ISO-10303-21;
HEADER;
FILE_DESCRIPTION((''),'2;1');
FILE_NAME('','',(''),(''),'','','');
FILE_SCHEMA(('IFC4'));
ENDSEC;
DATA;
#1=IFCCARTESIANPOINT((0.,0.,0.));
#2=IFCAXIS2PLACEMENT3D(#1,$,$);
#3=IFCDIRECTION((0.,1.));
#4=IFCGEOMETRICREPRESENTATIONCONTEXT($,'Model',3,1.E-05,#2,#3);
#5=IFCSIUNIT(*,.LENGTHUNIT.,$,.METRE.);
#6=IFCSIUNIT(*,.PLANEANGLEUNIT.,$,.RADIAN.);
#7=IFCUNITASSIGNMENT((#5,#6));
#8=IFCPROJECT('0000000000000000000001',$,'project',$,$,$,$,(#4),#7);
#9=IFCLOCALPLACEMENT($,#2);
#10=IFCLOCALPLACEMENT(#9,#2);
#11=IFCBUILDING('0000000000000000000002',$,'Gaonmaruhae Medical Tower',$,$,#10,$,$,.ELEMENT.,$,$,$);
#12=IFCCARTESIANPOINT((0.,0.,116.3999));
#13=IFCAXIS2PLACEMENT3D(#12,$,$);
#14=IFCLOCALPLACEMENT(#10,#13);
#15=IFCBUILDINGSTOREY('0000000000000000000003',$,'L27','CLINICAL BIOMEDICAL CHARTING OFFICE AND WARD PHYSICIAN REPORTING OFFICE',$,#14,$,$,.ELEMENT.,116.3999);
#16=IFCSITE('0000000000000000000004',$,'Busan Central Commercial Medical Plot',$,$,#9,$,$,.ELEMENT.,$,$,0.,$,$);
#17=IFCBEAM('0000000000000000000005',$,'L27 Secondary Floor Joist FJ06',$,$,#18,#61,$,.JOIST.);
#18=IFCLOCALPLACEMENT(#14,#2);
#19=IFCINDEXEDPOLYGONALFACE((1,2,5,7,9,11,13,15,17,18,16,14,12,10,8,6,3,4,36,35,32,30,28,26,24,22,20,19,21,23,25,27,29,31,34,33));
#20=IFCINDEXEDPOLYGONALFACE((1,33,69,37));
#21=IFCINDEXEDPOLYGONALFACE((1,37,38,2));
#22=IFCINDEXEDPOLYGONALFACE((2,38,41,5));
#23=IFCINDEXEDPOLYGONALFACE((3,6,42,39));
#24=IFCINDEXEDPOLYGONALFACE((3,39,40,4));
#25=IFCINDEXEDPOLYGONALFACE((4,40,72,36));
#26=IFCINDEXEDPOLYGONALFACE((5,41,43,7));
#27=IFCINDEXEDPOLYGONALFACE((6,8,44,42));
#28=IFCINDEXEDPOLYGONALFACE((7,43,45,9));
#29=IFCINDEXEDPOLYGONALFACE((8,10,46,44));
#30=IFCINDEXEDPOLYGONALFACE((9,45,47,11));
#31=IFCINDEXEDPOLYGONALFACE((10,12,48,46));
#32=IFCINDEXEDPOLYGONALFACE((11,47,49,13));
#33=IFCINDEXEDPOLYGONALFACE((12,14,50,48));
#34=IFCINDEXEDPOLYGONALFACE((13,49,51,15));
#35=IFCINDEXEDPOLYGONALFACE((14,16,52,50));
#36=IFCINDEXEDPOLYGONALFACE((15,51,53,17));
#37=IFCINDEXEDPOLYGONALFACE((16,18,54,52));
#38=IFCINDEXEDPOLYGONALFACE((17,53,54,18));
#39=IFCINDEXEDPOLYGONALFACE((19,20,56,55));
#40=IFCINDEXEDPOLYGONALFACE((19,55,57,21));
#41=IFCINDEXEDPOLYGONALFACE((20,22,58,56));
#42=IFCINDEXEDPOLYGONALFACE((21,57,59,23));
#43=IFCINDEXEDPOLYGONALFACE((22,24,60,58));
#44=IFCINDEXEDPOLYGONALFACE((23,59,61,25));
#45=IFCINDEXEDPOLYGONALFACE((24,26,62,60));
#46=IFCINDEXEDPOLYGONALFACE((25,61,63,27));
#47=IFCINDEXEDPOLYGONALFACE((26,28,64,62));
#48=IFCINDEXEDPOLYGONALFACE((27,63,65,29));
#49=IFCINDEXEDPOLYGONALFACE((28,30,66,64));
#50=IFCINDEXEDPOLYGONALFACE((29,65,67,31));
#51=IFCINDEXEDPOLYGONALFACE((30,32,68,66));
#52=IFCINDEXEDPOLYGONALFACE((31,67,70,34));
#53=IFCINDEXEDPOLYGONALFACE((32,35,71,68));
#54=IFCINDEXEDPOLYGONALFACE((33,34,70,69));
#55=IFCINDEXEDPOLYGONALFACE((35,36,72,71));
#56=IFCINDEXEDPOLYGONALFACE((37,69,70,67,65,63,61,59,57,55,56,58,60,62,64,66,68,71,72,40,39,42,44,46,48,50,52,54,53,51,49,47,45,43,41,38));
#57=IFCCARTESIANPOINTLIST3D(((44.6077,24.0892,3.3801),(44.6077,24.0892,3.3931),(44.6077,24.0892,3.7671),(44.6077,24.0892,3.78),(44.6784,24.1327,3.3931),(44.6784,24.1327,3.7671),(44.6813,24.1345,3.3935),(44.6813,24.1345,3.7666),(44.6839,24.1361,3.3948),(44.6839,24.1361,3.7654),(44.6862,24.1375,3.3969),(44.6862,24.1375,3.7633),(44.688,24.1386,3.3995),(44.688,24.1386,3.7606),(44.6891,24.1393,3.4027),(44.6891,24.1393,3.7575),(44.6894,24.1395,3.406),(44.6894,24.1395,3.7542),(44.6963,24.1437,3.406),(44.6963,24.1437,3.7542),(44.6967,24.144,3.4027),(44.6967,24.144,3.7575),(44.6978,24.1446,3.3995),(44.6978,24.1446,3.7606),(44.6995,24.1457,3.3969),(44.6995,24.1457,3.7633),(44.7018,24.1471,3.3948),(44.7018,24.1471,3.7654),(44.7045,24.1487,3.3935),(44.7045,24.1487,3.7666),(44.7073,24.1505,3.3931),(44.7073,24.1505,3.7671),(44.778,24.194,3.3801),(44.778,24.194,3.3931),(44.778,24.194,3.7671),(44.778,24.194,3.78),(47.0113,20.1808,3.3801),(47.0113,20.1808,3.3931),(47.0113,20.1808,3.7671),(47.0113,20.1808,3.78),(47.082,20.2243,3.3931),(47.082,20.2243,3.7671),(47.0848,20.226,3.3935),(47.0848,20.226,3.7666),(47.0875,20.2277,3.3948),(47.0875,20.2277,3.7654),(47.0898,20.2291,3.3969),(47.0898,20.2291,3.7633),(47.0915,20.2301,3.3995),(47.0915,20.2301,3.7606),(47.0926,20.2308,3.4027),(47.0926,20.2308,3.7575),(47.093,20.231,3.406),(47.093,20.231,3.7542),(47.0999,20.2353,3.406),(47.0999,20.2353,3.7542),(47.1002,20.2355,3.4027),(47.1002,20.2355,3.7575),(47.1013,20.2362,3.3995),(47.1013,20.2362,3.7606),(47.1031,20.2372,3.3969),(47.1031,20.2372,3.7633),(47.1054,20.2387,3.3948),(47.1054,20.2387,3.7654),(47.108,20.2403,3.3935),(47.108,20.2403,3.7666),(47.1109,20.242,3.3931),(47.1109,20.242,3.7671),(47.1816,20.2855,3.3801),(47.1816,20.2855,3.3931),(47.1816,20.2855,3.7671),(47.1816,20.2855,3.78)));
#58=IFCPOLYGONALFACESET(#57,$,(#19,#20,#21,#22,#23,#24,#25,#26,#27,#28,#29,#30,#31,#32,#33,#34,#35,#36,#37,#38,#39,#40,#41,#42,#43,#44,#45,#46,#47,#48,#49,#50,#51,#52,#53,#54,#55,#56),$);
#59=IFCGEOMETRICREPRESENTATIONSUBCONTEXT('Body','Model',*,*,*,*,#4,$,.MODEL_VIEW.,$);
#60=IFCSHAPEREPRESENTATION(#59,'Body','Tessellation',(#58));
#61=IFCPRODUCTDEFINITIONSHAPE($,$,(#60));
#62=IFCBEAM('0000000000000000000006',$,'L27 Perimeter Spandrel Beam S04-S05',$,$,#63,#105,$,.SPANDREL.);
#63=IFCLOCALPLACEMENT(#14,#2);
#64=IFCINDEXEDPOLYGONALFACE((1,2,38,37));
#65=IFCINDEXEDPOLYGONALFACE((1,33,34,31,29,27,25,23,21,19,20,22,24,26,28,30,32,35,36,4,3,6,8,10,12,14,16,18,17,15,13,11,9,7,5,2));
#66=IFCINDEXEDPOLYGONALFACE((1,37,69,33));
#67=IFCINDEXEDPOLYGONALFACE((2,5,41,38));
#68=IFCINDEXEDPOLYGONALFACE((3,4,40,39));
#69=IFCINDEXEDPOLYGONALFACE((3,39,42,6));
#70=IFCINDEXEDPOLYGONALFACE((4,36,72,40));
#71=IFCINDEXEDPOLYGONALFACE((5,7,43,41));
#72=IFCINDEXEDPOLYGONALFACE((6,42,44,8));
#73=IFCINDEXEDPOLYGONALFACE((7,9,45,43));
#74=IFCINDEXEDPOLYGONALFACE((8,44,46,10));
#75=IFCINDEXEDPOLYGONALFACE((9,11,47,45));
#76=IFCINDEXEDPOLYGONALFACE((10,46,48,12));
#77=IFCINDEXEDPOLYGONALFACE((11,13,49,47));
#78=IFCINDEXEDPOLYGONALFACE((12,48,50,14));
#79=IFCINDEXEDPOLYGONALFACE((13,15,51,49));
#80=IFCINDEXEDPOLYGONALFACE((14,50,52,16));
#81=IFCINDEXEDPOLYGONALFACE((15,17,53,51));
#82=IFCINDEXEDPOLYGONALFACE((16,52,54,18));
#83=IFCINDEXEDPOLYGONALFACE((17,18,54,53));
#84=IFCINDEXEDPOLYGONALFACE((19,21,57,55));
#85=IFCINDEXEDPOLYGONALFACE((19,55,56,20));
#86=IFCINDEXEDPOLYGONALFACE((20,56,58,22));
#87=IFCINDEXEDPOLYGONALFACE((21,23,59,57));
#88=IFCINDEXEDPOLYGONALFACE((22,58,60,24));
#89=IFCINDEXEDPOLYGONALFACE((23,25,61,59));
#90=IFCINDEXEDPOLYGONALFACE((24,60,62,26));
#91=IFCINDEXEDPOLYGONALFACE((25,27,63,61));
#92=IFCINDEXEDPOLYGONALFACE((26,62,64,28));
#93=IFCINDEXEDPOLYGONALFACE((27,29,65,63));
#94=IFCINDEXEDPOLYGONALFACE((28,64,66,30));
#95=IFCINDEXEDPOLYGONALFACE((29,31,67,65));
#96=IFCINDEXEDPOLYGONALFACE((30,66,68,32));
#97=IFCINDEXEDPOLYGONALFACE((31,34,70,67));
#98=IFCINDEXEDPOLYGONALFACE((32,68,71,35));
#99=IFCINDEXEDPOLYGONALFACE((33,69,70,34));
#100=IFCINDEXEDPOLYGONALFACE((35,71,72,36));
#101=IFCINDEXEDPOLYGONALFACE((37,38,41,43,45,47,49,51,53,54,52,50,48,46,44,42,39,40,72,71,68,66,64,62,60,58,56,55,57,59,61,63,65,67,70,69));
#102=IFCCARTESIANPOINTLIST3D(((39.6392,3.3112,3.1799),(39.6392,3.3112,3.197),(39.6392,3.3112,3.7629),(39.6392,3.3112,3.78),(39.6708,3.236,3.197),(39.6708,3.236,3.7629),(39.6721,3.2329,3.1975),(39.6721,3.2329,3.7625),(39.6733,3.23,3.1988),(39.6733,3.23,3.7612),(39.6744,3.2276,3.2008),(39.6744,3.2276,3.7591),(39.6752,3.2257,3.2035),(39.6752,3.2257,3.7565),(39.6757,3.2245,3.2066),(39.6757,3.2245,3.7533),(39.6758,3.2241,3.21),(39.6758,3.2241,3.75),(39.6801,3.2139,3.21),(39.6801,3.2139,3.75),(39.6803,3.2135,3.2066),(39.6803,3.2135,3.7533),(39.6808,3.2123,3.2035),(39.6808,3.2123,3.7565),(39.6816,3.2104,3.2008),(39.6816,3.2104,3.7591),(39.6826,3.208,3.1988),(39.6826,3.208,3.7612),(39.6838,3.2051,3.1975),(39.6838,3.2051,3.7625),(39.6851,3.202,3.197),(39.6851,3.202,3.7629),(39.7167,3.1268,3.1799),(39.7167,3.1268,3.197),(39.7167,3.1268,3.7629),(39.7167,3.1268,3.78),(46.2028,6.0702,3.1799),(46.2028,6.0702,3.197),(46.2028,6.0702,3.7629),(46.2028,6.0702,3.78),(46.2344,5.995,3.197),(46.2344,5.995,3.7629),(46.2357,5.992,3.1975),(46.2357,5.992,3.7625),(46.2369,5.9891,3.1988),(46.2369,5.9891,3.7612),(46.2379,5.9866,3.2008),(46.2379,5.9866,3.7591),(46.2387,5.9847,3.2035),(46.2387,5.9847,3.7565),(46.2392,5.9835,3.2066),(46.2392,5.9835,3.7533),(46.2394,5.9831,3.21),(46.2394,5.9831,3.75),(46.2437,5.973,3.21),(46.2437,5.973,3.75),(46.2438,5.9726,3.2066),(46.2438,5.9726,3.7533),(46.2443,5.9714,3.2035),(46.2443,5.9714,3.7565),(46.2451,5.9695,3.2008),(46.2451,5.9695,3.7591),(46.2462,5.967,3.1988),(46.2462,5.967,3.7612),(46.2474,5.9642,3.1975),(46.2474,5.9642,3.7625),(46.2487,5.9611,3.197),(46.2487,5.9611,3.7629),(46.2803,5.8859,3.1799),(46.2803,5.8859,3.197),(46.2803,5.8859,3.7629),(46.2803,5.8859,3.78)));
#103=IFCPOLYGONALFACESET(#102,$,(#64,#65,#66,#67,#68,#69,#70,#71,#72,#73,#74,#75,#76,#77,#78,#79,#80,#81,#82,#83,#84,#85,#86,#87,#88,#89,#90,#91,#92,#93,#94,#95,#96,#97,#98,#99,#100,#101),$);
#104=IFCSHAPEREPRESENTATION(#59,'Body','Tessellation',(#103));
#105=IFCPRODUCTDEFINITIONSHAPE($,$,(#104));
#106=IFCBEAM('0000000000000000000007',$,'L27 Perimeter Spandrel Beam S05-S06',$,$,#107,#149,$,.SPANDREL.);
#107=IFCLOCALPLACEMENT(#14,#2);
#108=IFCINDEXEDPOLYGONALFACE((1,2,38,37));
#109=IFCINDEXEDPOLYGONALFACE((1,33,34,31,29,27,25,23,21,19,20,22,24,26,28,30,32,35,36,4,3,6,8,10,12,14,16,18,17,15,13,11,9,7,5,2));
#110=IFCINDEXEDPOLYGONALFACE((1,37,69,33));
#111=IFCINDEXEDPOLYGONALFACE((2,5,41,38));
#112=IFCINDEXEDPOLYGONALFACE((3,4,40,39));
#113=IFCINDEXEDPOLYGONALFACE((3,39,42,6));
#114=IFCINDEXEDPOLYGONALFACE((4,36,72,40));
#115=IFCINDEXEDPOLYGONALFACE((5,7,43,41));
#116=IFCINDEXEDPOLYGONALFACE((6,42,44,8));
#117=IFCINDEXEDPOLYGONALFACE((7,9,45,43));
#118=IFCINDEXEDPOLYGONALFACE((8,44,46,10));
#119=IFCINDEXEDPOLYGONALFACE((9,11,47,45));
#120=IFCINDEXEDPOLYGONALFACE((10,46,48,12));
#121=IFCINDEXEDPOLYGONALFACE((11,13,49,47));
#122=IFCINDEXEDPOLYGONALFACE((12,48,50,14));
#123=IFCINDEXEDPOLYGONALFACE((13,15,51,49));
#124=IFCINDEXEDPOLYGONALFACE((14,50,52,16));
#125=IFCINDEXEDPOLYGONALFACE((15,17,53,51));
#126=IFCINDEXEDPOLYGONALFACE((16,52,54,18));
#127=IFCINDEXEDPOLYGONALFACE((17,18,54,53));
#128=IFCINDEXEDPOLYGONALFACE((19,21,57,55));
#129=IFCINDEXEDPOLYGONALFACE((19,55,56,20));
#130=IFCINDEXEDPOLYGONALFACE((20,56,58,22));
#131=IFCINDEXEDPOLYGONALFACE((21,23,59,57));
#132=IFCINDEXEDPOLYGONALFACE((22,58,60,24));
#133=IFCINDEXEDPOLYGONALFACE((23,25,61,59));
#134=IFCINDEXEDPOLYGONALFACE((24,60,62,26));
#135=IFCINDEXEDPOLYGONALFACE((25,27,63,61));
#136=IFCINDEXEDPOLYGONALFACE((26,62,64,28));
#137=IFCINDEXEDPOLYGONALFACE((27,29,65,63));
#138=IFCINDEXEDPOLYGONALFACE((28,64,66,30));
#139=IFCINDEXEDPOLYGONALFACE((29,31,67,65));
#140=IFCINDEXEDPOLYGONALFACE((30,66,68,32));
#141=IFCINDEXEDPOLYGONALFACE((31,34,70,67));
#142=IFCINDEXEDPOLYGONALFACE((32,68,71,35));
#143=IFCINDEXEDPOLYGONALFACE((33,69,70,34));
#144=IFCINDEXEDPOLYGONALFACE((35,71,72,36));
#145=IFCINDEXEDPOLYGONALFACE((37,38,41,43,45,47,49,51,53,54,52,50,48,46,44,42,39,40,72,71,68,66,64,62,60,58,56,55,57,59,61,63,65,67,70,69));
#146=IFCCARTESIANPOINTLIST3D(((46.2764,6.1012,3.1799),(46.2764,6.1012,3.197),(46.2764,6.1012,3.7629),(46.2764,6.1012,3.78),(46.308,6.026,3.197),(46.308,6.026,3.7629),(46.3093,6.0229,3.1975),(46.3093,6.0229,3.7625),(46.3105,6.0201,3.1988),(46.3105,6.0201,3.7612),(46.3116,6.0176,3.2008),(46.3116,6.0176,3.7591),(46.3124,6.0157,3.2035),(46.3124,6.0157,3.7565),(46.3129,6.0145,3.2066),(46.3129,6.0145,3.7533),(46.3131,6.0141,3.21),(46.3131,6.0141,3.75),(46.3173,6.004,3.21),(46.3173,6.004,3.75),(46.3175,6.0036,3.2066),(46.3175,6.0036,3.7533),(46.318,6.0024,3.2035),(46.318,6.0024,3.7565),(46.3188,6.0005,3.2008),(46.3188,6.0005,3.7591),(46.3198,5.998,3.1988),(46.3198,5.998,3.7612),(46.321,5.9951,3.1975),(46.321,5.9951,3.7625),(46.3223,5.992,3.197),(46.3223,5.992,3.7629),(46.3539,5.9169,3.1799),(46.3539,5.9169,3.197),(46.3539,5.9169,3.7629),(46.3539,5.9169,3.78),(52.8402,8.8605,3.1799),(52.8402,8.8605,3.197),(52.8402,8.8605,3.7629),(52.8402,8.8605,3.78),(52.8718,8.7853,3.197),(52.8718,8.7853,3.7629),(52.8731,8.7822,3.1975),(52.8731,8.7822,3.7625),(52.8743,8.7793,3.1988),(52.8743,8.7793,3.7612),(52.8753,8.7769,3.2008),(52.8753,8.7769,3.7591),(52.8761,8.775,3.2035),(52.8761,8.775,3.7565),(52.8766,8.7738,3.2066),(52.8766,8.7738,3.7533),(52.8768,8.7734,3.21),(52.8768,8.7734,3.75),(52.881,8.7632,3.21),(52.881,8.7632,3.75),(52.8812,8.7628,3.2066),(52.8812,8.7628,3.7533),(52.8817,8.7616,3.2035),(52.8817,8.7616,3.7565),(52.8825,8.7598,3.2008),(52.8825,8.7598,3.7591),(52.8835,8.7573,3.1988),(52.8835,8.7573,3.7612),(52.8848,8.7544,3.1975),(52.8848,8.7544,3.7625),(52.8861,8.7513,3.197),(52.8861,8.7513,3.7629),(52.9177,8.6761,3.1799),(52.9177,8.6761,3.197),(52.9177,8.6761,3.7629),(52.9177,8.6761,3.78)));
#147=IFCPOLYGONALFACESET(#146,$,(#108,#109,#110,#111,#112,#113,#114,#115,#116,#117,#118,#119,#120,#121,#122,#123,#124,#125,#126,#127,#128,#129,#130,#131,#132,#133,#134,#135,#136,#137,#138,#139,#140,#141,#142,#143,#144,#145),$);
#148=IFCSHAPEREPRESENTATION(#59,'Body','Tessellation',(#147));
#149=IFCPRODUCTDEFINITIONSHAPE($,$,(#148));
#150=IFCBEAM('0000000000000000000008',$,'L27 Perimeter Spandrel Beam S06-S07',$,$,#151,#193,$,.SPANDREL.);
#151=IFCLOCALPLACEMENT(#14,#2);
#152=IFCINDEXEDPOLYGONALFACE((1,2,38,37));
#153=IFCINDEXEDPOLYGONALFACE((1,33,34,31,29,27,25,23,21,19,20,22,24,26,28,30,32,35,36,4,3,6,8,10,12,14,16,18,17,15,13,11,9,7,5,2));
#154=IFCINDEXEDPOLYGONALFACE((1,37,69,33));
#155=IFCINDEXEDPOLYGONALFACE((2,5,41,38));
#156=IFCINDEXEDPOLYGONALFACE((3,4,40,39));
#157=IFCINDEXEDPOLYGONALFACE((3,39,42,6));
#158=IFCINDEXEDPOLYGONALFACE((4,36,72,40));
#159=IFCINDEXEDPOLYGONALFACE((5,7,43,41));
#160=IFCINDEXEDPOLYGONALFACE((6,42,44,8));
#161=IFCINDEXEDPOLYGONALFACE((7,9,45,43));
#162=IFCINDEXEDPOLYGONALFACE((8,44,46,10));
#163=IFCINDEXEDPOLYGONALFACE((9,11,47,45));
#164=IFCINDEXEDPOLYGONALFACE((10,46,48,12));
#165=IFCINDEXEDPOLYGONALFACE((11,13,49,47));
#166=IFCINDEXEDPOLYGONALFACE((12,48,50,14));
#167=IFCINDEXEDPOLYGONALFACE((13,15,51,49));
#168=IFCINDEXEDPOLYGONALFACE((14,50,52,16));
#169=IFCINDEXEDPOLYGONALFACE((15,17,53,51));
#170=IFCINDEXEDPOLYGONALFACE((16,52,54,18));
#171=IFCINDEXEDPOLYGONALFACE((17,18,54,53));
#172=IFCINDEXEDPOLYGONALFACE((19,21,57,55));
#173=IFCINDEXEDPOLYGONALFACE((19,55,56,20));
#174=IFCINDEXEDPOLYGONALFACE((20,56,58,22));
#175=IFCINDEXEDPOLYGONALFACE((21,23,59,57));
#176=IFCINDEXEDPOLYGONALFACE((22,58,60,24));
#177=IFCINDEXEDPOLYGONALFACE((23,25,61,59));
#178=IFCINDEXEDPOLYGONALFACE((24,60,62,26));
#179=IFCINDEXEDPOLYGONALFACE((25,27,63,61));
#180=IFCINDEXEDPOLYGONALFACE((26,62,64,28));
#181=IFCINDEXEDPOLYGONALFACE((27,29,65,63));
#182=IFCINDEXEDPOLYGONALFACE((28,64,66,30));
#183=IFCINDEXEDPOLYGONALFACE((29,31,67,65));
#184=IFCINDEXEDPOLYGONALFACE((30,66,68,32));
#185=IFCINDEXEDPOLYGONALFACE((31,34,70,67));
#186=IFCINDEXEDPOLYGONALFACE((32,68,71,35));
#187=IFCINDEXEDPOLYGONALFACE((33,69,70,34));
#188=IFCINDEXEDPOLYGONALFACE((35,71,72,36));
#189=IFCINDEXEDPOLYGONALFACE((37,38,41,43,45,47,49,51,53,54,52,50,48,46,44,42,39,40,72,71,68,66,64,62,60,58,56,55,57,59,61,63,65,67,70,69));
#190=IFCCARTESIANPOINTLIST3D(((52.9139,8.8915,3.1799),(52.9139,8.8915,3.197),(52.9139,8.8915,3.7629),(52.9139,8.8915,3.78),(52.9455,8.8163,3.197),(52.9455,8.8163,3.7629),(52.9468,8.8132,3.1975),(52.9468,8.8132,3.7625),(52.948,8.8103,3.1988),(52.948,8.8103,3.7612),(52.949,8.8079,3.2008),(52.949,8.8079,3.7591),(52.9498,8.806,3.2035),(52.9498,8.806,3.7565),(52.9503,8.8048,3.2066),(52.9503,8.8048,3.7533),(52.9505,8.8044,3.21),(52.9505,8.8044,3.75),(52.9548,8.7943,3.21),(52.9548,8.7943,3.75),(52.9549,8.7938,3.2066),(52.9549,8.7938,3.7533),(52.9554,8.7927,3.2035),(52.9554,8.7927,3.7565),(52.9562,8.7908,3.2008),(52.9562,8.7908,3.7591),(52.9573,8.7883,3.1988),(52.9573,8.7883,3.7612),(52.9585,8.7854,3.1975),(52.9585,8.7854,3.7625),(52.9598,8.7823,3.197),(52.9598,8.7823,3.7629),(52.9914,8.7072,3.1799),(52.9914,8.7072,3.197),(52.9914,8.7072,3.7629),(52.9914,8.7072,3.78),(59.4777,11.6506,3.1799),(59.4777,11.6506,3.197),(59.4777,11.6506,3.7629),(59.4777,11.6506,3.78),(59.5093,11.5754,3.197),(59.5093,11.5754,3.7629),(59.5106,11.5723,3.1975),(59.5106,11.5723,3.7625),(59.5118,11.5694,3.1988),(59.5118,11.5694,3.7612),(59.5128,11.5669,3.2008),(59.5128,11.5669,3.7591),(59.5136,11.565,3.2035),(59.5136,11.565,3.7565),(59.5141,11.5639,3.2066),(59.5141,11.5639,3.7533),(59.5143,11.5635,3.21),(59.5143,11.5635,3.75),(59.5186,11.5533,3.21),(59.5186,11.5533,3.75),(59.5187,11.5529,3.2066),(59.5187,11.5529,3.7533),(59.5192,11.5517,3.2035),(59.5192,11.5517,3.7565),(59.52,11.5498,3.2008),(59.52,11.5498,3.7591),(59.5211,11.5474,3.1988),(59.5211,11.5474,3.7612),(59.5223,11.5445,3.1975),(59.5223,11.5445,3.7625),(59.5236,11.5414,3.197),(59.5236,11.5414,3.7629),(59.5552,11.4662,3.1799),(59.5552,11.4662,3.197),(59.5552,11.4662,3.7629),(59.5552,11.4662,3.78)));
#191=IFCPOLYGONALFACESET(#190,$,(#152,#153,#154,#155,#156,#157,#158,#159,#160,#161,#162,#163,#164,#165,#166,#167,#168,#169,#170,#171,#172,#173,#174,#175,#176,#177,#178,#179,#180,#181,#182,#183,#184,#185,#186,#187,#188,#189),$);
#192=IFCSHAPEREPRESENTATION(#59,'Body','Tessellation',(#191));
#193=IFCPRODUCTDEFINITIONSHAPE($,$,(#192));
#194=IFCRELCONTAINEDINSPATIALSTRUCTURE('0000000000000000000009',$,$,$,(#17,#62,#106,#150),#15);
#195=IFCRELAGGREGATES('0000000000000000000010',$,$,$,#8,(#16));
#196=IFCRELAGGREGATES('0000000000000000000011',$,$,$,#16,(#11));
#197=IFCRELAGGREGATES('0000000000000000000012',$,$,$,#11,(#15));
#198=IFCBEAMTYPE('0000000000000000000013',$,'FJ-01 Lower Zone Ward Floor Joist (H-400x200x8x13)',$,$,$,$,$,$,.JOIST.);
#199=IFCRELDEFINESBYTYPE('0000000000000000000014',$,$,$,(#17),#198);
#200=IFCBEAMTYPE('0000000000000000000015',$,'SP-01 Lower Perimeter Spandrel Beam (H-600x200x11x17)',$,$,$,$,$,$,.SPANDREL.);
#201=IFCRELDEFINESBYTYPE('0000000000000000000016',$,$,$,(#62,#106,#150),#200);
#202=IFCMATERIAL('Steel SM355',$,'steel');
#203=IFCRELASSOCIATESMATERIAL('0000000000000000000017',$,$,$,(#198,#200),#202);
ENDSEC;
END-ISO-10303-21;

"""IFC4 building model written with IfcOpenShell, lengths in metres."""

from ifc_helpers import new_model, si_unit, direction, frame, origin, origin_2d, place, context, subcontext, project, spatial, i_section, extrude, material, material_profile, profile_set, type_object, element, save


model = new_model("IFC4")

# Units and contexts
model_context = context("Model", 3, precision=1e-05, world=origin(), true_north=direction((0.0, 1.0)))
body_context = subcontext(model_context, "Body", "Model", "MODEL_VIEW")
ifc_project = project(units=[si_unit("LENGTHUNIT", "METRE"), si_unit("PLANEANGLEUNIT", "RADIAN")], contexts=[model_context])

# Site, building, storey
site_placement = place(None, origin())
site = spatial("IfcSite", under=ifc_project, at=site_placement, Name="Busan Central Commercial Medical Plot", CompositionType="ELEMENT", RefElevation=0.0)
building_placement = place(site_placement, origin())
building = spatial("IfcBuilding", under=site, at=building_placement, Name="Gaonmaruhae Medical Tower", CompositionType="ELEMENT")
storey_placement = place(building_placement, frame((0.0, 0.0, 116.3999)))
storey = spatial("IfcBuildingStorey", under=building, at=storey_placement, Name="L27", Description="CLINICAL BIOMEDICAL CHARTING OFFICE AND WARD PHYSICIAN REPORTING OFFICE", CompositionType="ELEMENT", Elevation=116.3999)

# Beams
ifc_material_1 = material(Name="Steel SM355", Category="steel")
ifc_material_profile_1 = material_profile(ifc_material_1, i_section(OverallWidth=0.2, OverallDepth=0.3999, WebThickness=0.0081, FlangeThickness=0.0129, FilletRadius=0.0129, at=origin_2d()), Name="H-400x200x8x13")
ifc_profile_set_1 = profile_set([ifc_material_profile_1], Name="Steel SM355")
beam_type_1 = type_object("IfcBeamType", Name="FJ-01 Lower Zone Ward Floor Joist (H-400x200x8x13)", PredefinedType="JOIST", material=ifc_profile_set_1)
beam_1_placement = place(storey_placement, frame((47.0964, 20.2332, 3.5801), z_axis=(-0.523839, 0.851817, 0.0), x_axis=(-0.851817, -0.523839, 0.0)))
element("IfcBeam", 1, at=beam_1_placement, inside=storey, type_object=beam_type_1, Name="L27 Secondary Floor Joist FJ06", PredefinedType="JOIST", context=body_context, shape_type="SweptSolid", body=[
    extrude(i_section(OverallWidth=0.2, OverallDepth=0.3999, WebThickness=0.0081, FlangeThickness=0.0129, FilletRadius=0.0129, at=origin_2d()), origin(), (0.0, 0.0, 1.0), 4.5884),
])
ifc_material_profile_2 = material_profile(ifc_material_1, i_section(OverallWidth=0.2, OverallDepth=0.6001, WebThickness=0.011, FlangeThickness=0.0171, FilletRadius=0.0129, at=origin_2d()), Name="H-600x200x11x17")
ifc_profile_set_2 = profile_set([ifc_material_profile_2], Name="Steel SM355")
beam_type_2 = type_object("IfcBeamType", Name="SP-01 Lower Perimeter Spandrel Beam (H-600x200x11x17)", PredefinedType="SPANDREL", material=ifc_profile_set_2)
beam_2_placement = place(storey_placement, frame((39.678, 3.219, 3.48), z_axis=(0.921863, 0.387516, 0.0), x_axis=(-0.387516, 0.921863, 0.0)))
element("IfcBeam", 2, at=beam_2_placement, inside=storey, type_object=beam_type_2, Name="L27 Perimeter Spandrel Beam S04-S05", PredefinedType="SPANDREL", context=body_context, shape_type="SweptSolid", body=[
    extrude(i_section(OverallWidth=0.2, OverallDepth=0.6001, WebThickness=0.011, FlangeThickness=0.0171, FilletRadius=0.0129, at=origin_2d()), origin(), (0.0, 0.0, 1.0), 7.1199),
])
for number, where, z_axis, x_axis, name in (
    (3, (46.3152, 6.009, 3.48), (0.921856, 0.387533, 0.0), (-0.387533, 0.921856, 0.0), "L27 Perimeter Spandrel Beam S05-S06"),
    (4, (52.9526, 8.7993, 3.48), (0.921868, 0.387504, 0.0), (-0.387504, 0.921868, 0.0), "L27 Perimeter Spandrel Beam S06-S07"),
):
    element("IfcBeam", number, at=place(storey_placement, frame(where, z_axis=z_axis, x_axis=x_axis)), inside=storey, type_object=beam_type_2, Name=name, PredefinedType="SPANDREL", context=body_context, shape_type="SweptSolid", body=[
        extrude(i_section(OverallWidth=0.2, OverallDepth=0.6001, WebThickness=0.011, FlangeThickness=0.0171, FilletRadius=0.0129, at=origin_2d()), origin(), (0.0, 0.0, 1.0), 7.1201),
    ])

save(model, "model.ifc")
